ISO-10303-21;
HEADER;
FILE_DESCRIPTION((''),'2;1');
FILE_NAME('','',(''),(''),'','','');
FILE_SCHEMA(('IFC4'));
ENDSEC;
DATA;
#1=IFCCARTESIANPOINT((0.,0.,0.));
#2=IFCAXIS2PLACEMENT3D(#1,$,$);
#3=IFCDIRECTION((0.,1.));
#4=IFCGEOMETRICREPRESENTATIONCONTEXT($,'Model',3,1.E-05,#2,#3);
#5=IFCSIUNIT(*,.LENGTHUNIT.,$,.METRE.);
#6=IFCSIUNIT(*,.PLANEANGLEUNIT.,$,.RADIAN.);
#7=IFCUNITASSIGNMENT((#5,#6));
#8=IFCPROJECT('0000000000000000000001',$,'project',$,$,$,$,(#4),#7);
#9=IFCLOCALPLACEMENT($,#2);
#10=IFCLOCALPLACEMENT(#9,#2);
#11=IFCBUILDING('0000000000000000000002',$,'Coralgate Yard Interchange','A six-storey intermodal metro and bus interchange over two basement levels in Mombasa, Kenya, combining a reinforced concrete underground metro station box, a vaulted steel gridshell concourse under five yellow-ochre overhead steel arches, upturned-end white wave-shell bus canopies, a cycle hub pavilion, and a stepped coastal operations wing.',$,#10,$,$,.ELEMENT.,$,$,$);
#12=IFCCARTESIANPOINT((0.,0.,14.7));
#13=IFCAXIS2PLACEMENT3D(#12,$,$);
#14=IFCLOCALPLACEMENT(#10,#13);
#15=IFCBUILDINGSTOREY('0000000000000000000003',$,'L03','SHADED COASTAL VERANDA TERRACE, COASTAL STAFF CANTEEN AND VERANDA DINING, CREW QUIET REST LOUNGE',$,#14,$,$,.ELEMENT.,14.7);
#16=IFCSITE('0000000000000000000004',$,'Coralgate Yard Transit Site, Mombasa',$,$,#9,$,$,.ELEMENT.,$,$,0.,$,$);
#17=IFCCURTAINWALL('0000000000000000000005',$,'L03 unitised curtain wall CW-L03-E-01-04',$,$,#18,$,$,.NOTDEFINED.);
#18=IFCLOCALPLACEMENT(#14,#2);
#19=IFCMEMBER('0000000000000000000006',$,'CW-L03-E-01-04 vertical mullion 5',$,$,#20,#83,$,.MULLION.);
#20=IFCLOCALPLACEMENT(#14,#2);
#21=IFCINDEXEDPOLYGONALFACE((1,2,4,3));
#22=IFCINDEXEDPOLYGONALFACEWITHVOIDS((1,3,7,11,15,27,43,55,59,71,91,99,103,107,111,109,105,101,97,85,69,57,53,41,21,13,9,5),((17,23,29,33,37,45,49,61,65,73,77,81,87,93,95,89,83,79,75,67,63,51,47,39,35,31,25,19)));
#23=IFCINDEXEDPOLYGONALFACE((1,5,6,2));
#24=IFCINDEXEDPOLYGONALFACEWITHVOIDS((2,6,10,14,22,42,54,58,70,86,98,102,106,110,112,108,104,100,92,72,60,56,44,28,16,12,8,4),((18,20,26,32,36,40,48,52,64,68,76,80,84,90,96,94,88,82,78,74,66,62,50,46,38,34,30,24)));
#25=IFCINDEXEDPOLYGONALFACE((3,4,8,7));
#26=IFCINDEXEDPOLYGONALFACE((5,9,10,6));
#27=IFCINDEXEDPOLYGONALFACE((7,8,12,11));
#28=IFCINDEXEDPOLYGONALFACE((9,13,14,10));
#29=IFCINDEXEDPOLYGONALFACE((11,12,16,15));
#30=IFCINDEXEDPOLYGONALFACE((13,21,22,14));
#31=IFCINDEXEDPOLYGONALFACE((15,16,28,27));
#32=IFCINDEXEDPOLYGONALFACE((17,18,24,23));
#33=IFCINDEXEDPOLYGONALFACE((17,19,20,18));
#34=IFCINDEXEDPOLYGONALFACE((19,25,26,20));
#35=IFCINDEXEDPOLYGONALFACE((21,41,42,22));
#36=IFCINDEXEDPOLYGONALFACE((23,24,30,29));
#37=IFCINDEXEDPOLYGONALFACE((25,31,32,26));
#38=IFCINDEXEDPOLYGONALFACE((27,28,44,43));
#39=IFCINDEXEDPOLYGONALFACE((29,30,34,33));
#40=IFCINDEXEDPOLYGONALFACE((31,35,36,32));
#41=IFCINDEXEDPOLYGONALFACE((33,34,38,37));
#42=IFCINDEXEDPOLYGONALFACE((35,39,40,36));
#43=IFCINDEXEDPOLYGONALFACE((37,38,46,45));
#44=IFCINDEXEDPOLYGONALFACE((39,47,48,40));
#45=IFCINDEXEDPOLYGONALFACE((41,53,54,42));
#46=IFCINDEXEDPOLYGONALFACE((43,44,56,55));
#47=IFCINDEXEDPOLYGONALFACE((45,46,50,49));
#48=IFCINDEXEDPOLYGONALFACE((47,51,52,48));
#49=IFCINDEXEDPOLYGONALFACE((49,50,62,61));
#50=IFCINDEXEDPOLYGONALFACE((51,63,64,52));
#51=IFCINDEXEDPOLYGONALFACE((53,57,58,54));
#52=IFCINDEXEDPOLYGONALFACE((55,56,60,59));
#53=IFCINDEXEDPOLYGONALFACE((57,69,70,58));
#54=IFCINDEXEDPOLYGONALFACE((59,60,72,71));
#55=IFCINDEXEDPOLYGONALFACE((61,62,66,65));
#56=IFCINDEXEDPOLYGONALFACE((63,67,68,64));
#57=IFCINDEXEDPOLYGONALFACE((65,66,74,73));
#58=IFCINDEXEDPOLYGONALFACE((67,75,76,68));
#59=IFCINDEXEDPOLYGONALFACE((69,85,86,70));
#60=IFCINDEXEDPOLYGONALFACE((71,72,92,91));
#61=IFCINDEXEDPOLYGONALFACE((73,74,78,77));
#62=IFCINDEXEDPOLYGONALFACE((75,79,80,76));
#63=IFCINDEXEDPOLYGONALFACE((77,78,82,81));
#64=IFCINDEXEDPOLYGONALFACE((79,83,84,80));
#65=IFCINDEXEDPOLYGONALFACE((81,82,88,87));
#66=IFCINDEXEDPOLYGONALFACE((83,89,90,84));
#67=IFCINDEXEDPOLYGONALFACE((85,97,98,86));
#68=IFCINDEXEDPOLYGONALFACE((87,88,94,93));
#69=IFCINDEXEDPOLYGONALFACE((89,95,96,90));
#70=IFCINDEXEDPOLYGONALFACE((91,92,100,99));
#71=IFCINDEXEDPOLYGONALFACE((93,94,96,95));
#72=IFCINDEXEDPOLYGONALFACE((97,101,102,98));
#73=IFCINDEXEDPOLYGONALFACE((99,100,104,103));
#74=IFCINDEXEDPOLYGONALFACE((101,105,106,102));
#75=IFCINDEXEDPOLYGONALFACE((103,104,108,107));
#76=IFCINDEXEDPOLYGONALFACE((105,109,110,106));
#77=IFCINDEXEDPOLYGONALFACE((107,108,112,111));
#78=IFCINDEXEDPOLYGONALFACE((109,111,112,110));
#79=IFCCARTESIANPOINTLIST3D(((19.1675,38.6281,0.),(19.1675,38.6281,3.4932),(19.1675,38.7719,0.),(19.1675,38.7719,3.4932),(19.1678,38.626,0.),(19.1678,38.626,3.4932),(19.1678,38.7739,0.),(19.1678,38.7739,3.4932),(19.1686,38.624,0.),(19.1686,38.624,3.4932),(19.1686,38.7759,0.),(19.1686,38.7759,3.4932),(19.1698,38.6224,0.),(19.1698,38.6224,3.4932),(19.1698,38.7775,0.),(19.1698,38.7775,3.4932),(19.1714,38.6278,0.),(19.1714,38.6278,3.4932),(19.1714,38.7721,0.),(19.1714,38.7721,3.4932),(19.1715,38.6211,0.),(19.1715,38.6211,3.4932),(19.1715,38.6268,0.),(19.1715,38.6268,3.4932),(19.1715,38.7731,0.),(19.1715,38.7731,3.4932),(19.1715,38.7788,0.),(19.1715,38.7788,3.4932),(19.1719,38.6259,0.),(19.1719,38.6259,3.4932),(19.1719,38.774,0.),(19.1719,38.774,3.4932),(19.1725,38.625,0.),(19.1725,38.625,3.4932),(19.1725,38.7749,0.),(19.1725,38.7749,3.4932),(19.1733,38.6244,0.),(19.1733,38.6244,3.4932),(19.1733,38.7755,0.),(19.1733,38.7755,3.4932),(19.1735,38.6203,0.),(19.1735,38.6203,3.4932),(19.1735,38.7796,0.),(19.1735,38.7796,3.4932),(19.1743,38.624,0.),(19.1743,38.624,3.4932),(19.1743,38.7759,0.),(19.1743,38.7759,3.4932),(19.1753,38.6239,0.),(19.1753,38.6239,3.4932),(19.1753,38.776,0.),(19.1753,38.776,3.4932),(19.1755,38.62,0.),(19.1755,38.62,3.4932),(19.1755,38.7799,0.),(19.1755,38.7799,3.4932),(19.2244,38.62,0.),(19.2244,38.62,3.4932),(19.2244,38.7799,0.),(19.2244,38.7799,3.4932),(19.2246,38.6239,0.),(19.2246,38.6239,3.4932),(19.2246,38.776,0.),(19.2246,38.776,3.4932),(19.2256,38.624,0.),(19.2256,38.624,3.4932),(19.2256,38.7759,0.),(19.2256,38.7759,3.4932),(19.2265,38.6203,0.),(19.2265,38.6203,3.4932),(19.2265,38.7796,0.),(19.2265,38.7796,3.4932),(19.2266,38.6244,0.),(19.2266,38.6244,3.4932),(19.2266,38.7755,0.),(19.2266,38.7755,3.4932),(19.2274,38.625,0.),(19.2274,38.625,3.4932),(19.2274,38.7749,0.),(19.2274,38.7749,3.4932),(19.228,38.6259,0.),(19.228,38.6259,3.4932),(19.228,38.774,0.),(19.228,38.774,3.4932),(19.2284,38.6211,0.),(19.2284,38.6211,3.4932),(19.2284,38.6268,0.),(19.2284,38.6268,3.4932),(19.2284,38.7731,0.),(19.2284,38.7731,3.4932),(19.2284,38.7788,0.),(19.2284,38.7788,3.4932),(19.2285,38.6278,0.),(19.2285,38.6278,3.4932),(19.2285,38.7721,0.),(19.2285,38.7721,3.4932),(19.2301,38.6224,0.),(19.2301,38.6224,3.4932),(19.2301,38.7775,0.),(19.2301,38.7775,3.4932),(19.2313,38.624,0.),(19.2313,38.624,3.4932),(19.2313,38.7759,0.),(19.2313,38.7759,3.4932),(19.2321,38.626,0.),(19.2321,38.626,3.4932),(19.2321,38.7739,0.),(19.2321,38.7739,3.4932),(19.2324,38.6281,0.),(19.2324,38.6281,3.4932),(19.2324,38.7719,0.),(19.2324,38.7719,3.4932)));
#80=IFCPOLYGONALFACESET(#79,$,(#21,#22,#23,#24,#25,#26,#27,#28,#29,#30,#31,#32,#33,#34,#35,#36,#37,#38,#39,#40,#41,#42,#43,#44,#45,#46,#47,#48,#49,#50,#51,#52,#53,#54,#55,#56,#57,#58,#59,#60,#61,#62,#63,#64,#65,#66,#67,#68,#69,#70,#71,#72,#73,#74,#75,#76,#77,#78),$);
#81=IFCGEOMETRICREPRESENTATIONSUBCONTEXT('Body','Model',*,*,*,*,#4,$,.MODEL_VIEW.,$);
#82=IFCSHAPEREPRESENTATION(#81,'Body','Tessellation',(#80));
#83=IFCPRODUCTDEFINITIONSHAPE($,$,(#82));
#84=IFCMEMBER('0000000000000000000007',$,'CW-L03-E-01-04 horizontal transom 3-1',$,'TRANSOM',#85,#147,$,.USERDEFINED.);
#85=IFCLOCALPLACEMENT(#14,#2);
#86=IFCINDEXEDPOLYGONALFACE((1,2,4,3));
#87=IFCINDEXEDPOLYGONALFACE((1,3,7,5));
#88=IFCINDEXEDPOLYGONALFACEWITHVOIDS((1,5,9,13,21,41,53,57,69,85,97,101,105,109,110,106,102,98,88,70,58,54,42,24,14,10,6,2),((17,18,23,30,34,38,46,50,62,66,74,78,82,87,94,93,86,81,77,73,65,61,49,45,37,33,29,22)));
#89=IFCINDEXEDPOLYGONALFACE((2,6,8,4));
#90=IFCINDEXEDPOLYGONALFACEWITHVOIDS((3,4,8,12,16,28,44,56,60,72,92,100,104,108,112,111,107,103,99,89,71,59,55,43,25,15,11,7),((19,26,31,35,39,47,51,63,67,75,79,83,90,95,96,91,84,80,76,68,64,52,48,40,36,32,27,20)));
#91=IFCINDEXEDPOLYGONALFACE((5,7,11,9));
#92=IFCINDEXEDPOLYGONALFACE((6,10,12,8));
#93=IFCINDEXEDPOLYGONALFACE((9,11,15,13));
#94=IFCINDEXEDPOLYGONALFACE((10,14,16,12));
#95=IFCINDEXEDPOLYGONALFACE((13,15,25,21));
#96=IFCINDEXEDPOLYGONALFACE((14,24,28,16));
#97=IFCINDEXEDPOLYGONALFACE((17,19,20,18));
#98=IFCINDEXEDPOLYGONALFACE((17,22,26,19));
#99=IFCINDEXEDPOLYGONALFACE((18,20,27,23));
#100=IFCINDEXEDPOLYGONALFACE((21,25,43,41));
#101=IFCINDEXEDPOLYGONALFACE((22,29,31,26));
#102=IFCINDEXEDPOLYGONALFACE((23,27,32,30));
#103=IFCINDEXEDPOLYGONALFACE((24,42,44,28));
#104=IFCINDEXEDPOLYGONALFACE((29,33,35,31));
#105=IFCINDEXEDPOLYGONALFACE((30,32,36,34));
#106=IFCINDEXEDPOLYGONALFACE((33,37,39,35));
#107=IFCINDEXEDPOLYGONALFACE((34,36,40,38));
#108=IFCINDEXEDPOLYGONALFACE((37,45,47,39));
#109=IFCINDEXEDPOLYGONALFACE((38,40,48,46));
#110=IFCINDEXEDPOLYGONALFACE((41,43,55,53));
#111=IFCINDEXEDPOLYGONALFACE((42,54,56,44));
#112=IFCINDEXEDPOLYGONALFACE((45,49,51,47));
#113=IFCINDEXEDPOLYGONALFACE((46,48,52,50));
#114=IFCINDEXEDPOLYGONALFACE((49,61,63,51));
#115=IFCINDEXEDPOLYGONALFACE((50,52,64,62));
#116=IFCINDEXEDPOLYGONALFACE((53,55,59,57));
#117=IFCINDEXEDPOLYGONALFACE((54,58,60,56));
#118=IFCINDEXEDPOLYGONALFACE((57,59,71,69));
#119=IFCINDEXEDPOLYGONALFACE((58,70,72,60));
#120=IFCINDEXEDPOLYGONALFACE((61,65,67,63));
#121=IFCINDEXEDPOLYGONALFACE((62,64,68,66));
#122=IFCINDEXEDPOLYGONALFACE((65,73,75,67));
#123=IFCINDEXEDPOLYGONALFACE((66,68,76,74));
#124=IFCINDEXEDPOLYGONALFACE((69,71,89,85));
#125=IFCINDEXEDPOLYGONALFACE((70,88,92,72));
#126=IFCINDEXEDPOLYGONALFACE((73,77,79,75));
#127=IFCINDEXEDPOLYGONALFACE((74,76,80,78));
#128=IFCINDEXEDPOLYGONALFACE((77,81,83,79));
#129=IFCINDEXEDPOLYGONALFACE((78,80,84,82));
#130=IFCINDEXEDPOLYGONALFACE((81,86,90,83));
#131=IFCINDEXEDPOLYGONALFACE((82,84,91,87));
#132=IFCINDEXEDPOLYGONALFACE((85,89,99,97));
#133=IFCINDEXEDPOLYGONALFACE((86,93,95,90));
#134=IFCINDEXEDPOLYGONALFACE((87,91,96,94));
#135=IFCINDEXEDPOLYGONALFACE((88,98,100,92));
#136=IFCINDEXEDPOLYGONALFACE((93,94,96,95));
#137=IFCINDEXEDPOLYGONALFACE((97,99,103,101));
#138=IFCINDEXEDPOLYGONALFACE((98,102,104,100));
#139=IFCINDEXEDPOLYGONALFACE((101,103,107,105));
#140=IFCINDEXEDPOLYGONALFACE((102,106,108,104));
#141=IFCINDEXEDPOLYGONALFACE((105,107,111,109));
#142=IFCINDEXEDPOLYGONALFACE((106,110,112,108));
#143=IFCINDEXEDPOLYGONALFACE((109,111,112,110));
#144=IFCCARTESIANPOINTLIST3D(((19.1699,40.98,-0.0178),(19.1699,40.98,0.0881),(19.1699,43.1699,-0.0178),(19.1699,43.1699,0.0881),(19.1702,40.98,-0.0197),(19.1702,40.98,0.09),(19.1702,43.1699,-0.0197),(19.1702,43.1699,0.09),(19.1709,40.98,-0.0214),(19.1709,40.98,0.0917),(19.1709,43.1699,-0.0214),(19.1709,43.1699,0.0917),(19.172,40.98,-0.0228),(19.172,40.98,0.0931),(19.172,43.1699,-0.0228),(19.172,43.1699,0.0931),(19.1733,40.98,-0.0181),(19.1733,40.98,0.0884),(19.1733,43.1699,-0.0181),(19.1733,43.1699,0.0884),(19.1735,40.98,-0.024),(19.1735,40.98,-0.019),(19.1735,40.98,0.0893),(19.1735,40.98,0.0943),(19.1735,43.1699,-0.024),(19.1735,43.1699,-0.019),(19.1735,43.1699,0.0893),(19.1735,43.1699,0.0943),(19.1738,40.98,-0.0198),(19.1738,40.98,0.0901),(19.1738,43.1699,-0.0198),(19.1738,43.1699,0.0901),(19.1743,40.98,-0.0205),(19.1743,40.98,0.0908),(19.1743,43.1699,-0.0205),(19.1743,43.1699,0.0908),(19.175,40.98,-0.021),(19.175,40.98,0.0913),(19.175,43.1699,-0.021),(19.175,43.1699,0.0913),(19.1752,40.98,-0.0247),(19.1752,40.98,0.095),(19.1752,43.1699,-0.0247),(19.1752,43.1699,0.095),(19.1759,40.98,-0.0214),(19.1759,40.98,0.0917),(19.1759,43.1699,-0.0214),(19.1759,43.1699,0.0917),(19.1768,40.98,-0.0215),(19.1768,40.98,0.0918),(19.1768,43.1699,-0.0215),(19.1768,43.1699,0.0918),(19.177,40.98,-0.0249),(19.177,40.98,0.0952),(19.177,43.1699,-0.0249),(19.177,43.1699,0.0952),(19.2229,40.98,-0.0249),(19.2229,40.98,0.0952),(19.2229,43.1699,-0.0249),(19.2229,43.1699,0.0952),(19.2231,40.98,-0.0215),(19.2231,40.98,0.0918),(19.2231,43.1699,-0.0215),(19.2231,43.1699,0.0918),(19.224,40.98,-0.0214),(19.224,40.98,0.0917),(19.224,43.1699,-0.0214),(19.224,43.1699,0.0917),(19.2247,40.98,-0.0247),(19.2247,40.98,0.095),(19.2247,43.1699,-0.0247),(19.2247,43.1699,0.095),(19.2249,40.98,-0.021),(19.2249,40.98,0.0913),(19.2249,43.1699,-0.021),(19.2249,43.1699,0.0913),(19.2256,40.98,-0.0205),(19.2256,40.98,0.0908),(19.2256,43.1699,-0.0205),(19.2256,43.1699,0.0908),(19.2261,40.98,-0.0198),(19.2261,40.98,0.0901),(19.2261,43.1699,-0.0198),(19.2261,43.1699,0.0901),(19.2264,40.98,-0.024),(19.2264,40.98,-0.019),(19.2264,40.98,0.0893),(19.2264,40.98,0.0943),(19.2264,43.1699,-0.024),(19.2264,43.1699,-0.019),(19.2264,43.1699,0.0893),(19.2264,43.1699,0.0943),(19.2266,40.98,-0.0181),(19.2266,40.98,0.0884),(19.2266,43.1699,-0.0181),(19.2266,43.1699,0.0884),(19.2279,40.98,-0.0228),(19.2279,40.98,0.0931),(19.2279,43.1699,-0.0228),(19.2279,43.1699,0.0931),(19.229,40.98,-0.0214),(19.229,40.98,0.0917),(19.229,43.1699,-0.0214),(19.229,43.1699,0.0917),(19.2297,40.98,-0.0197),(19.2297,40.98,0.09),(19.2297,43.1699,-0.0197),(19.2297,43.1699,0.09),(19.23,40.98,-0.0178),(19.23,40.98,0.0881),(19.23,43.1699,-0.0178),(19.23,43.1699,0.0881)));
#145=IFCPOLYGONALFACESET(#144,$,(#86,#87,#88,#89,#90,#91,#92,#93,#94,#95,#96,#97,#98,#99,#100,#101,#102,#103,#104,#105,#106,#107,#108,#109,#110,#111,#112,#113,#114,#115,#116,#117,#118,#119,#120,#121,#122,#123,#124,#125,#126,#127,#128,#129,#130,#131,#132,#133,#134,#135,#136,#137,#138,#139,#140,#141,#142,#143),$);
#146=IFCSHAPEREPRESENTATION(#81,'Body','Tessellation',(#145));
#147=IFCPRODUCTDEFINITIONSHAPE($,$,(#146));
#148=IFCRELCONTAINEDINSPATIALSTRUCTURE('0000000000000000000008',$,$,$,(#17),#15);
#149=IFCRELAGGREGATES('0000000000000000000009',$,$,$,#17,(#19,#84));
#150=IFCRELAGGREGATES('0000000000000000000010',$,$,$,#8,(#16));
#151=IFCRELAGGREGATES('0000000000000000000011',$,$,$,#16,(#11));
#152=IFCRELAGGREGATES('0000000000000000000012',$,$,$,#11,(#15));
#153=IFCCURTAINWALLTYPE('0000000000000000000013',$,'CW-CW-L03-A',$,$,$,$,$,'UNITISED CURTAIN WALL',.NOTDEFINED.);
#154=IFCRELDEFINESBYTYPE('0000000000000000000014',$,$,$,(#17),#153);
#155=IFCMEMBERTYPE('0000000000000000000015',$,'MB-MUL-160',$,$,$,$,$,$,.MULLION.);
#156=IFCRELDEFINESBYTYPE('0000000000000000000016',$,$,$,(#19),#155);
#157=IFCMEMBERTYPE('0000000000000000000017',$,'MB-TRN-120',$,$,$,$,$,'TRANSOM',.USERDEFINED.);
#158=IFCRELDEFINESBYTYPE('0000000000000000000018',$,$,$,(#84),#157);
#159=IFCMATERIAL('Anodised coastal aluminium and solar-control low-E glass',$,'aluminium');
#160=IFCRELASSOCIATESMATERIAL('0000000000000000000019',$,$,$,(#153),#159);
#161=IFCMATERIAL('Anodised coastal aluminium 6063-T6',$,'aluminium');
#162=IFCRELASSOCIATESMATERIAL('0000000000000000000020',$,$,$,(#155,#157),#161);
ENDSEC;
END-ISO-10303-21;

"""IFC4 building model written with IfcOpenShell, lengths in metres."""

from ifc_helpers import new_model, si_unit, direction, frame, origin, origin_2d, place, context, subcontext, project, spatial, hollow_rectangle, extrude, material, material_profile, profile_set, type_object, element, aggregate, save


model = new_model("IFC4")

# Units and contexts
model_context = context("Model", 3, precision=1e-05, world=origin(), true_north=direction((0.0, 1.0)))
body_context = subcontext(model_context, "Body", "Model", "MODEL_VIEW")
ifc_project = project(units=[si_unit("LENGTHUNIT", "METRE"), si_unit("PLANEANGLEUNIT", "RADIAN")], contexts=[model_context])

# Site, building, storey
site_placement = place(None, origin())
site = spatial("IfcSite", under=ifc_project, at=site_placement, Name="Coralgate Yard Transit Site, Mombasa", CompositionType="ELEMENT", RefElevation=0.0)
building_placement = place(site_placement, origin())
building = spatial("IfcBuilding", under=site, at=building_placement, Name="Coralgate Yard Interchange", Description="A six-storey intermodal metro and bus interchange over two basement levels in Mombasa, Kenya, combining a reinforced concrete underground metro station box, a vaulted steel gridshell concourse under five yellow-ochre overhead steel arches, upturned-end white wave-shell bus canopies, a cycle hub pavilion, and a stepped coastal operations wing.", CompositionType="ELEMENT")
storey_placement = place(building_placement, frame((0.0, 0.0, 14.7)))
storey = spatial("IfcBuildingStorey", under=building, at=storey_placement, Name="L03", Description="SHADED COASTAL VERANDA TERRACE, COASTAL STAFF CANTEEN AND VERANDA DINING, CREW QUIET REST LOUNGE", CompositionType="ELEMENT", Elevation=14.7)

# Curtain wall, members
ifc_material_1 = material(Name="Anodised coastal aluminium and solar-control low-E glass", Category="aluminium")
curtain_wall_type = type_object("IfcCurtainWallType", Name="CW-CW-L03-A", ElementType="UNITISED CURTAIN WALL", PredefinedType="NOTDEFINED", material=ifc_material_1)
curtain_wall_placement = place(storey_placement, origin())
curtain_wall = element("IfcCurtainWall", 1, at=curtain_wall_placement, inside=storey, type_object=curtain_wall_type, Name="L03 unitised curtain wall CW-L03-E-01-04", PredefinedType="NOTDEFINED")
ifc_material_2 = material(Name="Anodised coastal aluminium 6063-T6", Category="aluminium")
ifc_material_profile_1 = material_profile(ifc_material_2, hollow_rectangle(XDim=0.0649, YDim=0.1599, WallThickness=0.0039, InnerFilletRadius=0.0039, OuterFilletRadius=0.0081, at=origin_2d()), Name="ALU 65x160x4")
ifc_profile_set_1 = profile_set([ifc_material_profile_1], Name="Anodised coastal aluminium 6063-T6")
member_type_1 = type_object("IfcMemberType", Name="MB-MUL-160", PredefinedType="MULLION", material=ifc_profile_set_1)
member_1_placement = place(storey_placement, frame((19.2, 38.7, 0.0), z_axis=(0.0, 0.0, 1.0), x_axis=(1.0, 0.0, 0.0)))
member_1 = element("IfcMember", 2, at=member_1_placement, type_object=member_type_1, Name="CW-L03-E-01-04 vertical mullion 5", PredefinedType="MULLION", context=body_context, shape_type="SweptSolid", body=[
    extrude(hollow_rectangle(XDim=0.0649, YDim=0.1599, WallThickness=0.0039, InnerFilletRadius=0.0039, OuterFilletRadius=0.0081, at=origin_2d()), origin(), (0.0, 0.0, 1.0), 3.4932),
])
ifc_material_profile_2 = material_profile(ifc_material_2, hollow_rectangle(XDim=0.0601, YDim=0.1201, WallThickness=0.0034, InnerFilletRadius=0.0034, OuterFilletRadius=0.0071, at=origin_2d()), Name="ALU 60x120x3.5")
ifc_profile_set_2 = profile_set([ifc_material_profile_2], Name="Anodised coastal aluminium 6063-T6")
member_type_2 = type_object("IfcMemberType", Name="MB-TRN-120", ElementType="TRANSOM", PredefinedType="USERDEFINED", material=ifc_profile_set_2)
member_2_placement = place(storey_placement, frame((19.2, 43.1699, 0.0352), z_axis=(0.0, -1.0, 0.0), x_axis=(1.0, 0.0, 0.0)))
member_2 = element("IfcMember", 3, at=member_2_placement, type_object=member_type_2, Name="CW-L03-E-01-04 horizontal transom 3-1", ObjectType="TRANSOM", PredefinedType="USERDEFINED", context=body_context, shape_type="SweptSolid", body=[
    extrude(hollow_rectangle(XDim=0.0601, YDim=0.1201, WallThickness=0.0034, InnerFilletRadius=0.0034, OuterFilletRadius=0.0071, at=origin_2d()), origin(), (0.0, 0.0, 1.0), 2.1899),
])
aggregate(curtain_wall, [member_1, member_2])

save(model, "model.ifc")
